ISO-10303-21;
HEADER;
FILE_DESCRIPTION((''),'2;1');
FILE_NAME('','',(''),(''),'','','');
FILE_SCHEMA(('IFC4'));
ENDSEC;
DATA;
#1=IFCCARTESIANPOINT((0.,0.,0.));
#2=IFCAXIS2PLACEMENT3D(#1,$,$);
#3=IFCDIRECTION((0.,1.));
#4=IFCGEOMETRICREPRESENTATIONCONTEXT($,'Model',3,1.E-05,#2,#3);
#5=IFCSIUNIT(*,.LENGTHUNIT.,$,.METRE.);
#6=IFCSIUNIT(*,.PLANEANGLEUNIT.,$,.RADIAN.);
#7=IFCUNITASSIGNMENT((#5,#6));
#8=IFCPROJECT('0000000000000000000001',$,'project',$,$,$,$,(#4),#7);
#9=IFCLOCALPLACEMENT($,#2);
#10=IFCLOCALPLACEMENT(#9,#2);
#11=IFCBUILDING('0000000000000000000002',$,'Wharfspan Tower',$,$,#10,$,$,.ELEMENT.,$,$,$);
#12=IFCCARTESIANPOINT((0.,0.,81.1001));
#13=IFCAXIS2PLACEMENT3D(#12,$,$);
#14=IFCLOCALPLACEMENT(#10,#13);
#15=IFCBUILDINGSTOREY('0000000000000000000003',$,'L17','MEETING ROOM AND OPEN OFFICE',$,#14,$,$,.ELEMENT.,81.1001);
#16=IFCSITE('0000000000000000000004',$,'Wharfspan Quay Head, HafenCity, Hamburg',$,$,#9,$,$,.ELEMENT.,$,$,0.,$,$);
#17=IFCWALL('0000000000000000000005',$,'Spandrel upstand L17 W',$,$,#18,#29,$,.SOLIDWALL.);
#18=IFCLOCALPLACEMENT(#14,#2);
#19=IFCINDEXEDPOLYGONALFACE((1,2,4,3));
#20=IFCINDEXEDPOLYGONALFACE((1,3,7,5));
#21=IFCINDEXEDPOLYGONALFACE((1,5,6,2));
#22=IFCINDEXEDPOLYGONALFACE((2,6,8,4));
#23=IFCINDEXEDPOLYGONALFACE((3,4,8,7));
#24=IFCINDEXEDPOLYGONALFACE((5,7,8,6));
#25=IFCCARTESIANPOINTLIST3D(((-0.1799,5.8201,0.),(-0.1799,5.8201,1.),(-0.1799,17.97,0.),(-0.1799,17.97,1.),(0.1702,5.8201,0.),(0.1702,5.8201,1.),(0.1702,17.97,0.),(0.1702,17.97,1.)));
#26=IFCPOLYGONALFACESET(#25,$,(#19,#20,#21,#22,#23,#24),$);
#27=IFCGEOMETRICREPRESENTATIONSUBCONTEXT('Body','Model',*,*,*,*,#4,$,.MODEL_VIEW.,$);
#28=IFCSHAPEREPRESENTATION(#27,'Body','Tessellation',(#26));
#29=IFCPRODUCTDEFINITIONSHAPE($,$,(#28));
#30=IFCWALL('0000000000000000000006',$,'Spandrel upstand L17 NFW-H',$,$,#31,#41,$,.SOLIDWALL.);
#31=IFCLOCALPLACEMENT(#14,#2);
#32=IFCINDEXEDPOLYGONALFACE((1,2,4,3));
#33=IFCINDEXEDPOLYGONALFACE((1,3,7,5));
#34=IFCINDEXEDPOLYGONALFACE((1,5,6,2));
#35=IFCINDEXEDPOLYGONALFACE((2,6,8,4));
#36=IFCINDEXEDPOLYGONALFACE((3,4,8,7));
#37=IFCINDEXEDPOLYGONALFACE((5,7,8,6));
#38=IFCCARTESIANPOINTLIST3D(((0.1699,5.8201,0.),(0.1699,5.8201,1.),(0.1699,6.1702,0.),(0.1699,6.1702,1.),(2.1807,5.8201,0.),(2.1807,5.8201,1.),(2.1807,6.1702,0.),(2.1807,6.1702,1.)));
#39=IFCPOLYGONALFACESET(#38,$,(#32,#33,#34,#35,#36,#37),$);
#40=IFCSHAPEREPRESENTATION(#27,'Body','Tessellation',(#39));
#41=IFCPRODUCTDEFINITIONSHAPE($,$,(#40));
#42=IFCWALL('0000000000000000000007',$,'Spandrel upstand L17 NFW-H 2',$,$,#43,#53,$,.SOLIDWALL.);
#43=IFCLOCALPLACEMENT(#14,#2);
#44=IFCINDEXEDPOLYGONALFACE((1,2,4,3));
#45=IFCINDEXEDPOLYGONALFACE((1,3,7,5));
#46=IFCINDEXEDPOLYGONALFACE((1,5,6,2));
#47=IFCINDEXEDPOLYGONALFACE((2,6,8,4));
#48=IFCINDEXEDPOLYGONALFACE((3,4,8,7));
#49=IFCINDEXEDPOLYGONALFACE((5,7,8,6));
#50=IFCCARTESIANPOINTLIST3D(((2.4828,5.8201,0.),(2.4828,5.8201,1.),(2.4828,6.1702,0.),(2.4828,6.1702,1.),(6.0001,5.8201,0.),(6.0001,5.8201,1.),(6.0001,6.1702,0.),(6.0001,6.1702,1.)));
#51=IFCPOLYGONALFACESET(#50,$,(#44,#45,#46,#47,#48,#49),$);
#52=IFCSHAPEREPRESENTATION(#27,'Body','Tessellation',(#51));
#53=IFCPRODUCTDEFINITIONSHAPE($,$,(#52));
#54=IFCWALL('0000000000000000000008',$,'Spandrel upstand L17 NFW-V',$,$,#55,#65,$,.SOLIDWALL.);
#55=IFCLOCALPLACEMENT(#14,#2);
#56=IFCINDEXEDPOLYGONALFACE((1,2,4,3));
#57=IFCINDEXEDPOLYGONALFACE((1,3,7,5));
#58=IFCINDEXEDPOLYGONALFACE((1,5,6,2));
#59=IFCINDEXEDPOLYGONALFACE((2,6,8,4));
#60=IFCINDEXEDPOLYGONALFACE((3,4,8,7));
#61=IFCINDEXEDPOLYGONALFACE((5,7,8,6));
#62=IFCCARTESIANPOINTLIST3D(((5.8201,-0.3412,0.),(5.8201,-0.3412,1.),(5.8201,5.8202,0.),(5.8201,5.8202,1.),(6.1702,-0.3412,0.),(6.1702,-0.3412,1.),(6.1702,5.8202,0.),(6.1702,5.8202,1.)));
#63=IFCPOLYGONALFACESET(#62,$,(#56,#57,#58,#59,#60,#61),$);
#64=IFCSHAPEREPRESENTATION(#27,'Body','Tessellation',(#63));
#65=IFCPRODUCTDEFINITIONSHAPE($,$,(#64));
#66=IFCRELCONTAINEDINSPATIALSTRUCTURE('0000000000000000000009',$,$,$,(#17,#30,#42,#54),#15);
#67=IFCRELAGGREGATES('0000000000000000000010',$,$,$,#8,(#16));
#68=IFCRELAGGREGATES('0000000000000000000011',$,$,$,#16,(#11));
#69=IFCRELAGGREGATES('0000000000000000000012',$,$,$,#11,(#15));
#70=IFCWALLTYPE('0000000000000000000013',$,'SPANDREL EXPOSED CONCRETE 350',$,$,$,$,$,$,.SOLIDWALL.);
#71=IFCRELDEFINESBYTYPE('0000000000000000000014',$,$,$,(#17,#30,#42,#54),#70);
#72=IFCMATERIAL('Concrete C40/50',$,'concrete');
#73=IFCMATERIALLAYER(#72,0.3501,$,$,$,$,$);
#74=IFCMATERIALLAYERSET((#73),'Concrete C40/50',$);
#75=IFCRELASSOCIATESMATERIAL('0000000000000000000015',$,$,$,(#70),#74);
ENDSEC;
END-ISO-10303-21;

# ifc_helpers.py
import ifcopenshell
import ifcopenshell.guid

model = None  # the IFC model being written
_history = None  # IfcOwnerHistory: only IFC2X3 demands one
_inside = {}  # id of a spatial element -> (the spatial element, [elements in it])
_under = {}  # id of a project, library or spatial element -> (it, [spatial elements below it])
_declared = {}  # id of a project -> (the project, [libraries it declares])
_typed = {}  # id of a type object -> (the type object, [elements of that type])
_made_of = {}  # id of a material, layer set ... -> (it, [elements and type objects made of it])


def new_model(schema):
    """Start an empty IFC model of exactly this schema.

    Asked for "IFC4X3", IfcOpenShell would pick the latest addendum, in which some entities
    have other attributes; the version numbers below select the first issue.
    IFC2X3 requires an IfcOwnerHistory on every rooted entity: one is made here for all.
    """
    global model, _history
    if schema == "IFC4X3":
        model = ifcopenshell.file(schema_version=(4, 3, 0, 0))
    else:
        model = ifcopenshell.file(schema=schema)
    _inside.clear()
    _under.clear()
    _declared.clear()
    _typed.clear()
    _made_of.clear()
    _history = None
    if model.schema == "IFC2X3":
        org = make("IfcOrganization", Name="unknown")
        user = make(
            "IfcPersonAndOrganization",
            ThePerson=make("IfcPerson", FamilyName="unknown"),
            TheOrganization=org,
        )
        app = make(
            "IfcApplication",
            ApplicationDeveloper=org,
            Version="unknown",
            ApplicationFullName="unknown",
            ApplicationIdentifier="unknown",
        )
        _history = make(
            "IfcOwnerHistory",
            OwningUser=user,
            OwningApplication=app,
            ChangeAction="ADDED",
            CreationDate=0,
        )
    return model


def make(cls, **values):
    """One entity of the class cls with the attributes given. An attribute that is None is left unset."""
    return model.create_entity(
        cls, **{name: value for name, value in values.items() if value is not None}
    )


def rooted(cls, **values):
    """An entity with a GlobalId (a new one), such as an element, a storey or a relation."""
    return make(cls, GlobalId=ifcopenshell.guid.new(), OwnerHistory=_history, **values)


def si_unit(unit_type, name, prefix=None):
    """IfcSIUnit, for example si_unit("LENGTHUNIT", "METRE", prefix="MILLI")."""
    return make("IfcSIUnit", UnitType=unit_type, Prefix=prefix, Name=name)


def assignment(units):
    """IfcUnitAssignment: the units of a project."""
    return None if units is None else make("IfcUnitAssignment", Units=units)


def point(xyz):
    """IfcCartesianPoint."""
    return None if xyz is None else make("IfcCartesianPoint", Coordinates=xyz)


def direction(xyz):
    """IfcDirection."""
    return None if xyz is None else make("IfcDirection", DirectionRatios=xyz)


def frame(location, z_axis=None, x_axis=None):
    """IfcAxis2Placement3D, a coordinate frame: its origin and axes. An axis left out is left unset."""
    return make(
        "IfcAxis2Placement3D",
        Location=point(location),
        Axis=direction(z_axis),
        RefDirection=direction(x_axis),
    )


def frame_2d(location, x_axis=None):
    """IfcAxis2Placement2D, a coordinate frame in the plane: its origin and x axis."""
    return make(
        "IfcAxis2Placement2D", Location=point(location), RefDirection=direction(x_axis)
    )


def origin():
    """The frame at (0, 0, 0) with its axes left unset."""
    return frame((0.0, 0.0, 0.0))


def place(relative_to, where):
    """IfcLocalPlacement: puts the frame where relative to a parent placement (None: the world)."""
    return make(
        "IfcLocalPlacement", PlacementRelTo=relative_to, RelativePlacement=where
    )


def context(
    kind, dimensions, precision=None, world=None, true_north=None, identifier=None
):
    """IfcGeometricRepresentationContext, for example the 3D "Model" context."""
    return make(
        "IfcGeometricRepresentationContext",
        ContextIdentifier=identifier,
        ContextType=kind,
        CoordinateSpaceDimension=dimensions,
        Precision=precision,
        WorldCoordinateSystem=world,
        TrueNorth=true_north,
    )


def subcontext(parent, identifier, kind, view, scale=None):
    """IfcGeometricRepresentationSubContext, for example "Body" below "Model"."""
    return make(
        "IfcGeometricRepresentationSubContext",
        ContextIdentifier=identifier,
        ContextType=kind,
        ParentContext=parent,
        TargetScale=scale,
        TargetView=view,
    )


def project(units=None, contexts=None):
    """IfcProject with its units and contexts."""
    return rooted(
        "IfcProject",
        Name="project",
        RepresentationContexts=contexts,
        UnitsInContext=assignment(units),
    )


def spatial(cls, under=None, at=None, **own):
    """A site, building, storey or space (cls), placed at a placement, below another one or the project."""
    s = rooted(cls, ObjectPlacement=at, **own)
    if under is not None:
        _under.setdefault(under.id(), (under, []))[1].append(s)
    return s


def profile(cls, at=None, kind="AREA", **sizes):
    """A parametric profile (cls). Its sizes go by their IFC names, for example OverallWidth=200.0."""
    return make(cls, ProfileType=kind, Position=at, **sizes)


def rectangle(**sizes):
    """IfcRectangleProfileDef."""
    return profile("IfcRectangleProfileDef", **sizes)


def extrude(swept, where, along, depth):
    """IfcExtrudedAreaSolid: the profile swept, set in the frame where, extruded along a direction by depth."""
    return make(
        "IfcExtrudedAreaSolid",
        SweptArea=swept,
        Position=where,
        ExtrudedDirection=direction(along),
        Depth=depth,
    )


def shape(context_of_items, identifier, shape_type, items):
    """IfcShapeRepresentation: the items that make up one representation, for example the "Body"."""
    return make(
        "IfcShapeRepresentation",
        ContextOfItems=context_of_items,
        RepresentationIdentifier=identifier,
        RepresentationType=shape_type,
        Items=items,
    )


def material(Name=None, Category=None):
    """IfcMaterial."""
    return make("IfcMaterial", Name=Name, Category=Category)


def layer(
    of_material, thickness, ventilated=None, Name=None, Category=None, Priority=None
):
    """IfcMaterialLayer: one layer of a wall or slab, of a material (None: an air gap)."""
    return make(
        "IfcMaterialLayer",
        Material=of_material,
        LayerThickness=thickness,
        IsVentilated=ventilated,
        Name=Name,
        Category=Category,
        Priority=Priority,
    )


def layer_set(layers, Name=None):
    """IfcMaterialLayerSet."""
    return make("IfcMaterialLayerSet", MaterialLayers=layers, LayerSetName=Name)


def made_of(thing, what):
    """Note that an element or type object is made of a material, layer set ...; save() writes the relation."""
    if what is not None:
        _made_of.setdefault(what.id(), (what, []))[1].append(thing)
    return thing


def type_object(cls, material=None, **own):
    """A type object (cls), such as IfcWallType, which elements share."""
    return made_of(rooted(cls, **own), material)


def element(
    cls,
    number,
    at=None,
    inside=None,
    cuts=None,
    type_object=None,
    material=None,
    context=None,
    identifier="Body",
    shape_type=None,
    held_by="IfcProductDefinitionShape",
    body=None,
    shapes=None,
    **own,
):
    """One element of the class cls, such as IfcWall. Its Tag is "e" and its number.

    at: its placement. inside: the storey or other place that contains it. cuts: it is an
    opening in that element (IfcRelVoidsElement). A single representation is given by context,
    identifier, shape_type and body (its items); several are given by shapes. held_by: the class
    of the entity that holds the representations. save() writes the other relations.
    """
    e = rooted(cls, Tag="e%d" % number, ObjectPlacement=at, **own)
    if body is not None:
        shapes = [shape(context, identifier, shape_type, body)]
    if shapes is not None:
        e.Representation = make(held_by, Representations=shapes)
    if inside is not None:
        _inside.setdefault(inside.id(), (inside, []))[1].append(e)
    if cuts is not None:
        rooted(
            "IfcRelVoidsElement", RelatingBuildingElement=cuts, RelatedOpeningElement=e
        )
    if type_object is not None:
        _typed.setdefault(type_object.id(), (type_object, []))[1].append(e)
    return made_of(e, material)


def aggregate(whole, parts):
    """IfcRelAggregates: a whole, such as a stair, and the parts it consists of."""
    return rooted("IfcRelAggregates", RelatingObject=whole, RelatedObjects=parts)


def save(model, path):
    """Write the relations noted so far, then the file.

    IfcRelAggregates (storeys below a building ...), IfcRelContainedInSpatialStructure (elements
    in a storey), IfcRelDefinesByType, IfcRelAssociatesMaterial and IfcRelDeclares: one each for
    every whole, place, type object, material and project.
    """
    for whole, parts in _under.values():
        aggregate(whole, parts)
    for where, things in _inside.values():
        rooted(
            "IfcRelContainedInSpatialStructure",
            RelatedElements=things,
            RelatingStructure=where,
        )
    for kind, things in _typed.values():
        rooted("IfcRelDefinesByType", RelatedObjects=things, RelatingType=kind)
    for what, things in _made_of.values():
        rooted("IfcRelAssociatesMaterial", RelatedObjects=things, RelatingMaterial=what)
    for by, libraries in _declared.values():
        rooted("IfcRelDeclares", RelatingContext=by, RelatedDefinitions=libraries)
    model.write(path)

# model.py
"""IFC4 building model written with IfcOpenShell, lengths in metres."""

from ifc_helpers import new_model, si_unit, direction, frame, frame_2d, origin, place, context, subcontext, project, spatial, rectangle, extrude, material, layer, layer_set, type_object, element, save


model = new_model("IFC4")

# Units and contexts
model_context = context("Model", 3, precision=1e-05, world=origin(), true_north=direction((0.0, 1.0)))
body_context = subcontext(model_context, "Body", "Model", "MODEL_VIEW")
ifc_project = project(units=[si_unit("LENGTHUNIT", "METRE"), si_unit("PLANEANGLEUNIT", "RADIAN")], contexts=[model_context])

# Site, building, storey
site_placement = place(None, origin())
site = spatial("IfcSite", under=ifc_project, at=site_placement, Name="Wharfspan Quay Head, HafenCity, Hamburg", CompositionType="ELEMENT", RefElevation=0.0)
building_placement = place(site_placement, origin())
building = spatial("IfcBuilding", under=site, at=building_placement, Name="Wharfspan Tower", CompositionType="ELEMENT")
storey_placement = place(building_placement, frame((0.0, 0.0, 81.1001)))
storey = spatial("IfcBuildingStorey", under=building, at=storey_placement, Name="L17", Description="MEETING ROOM AND OPEN OFFICE", CompositionType="ELEMENT", Elevation=81.1001)

# Shared definitions
ifc_material_1 = material(Name="Concrete C40/50", Category="concrete")

# Walls
ifc_layer_1 = layer(ifc_material_1, 0.3501)
ifc_layer_set_1 = layer_set([ifc_layer_1], Name="Concrete C40/50")
wall_type_1 = type_object("IfcWallType", Name="SPANDREL EXPOSED CONCRETE 350", PredefinedType="SOLIDWALL", material=ifc_layer_set_1)
wall_1_placement = place(storey_placement, frame((-0.0049, 17.97, 0.0), z_axis=(0.0, 0.0, 1.0), x_axis=(0.0, -1.0, 0.0)))
element("IfcWall", 1, at=wall_1_placement, inside=storey, type_object=wall_type_1, Name="Spandrel upstand L17 W", PredefinedType="SOLIDWALL", context=body_context, shape_type="SweptSolid", body=[
    extrude(rectangle(XDim=12.1499, YDim=0.3501, at=frame_2d((6.075, 0.0))), origin(), (0.0, 0.0, 1.0), 1.0),
])
wall_2_placement = place(storey_placement, frame((0.1699, 5.9951, 0.0), z_axis=(0.0, 0.0, 1.0), x_axis=(1.0, 0.0, 0.0)))
element("IfcWall", 2, at=wall_2_placement, inside=storey, type_object=wall_type_1, Name="Spandrel upstand L17 NFW-H", PredefinedType="SOLIDWALL", context=body_context, shape_type="SweptSolid", body=[
    extrude(rectangle(XDim=2.0107, YDim=0.3501, at=frame_2d((1.0054, 0.0))), origin(), (0.0, 0.0, 1.0), 1.0),
])
wall_3_placement = place(storey_placement, frame((2.4827, 5.9951, 0.0), z_axis=(0.0, 0.0, 1.0), x_axis=(1.0, 0.0, 0.0)))
element("IfcWall", 3, at=wall_3_placement, inside=storey, type_object=wall_type_1, Name="Spandrel upstand L17 NFW-H 2", PredefinedType="SOLIDWALL", context=body_context, shape_type="SweptSolid", body=[
    extrude(rectangle(XDim=3.5173, YDim=0.3501, at=frame_2d((1.7588, 0.0))), origin(), (0.0, 0.0, 1.0), 1.0),
])
wall_4_placement = place(storey_placement, frame((5.9951, 5.8201, 0.0), z_axis=(0.0, 0.0, 1.0), x_axis=(0.0, -1.0, 0.0)))
element("IfcWall", 4, at=wall_4_placement, inside=storey, type_object=wall_type_1, Name="Spandrel upstand L17 NFW-V", PredefinedType="SOLIDWALL", context=body_context, shape_type="SweptSolid", body=[
    extrude(rectangle(XDim=6.1614, YDim=0.3501, at=frame_2d((3.0806, 0.0))), origin(), (0.0, 0.0, 1.0), 1.0),
])

save(model, "model.ifc")
